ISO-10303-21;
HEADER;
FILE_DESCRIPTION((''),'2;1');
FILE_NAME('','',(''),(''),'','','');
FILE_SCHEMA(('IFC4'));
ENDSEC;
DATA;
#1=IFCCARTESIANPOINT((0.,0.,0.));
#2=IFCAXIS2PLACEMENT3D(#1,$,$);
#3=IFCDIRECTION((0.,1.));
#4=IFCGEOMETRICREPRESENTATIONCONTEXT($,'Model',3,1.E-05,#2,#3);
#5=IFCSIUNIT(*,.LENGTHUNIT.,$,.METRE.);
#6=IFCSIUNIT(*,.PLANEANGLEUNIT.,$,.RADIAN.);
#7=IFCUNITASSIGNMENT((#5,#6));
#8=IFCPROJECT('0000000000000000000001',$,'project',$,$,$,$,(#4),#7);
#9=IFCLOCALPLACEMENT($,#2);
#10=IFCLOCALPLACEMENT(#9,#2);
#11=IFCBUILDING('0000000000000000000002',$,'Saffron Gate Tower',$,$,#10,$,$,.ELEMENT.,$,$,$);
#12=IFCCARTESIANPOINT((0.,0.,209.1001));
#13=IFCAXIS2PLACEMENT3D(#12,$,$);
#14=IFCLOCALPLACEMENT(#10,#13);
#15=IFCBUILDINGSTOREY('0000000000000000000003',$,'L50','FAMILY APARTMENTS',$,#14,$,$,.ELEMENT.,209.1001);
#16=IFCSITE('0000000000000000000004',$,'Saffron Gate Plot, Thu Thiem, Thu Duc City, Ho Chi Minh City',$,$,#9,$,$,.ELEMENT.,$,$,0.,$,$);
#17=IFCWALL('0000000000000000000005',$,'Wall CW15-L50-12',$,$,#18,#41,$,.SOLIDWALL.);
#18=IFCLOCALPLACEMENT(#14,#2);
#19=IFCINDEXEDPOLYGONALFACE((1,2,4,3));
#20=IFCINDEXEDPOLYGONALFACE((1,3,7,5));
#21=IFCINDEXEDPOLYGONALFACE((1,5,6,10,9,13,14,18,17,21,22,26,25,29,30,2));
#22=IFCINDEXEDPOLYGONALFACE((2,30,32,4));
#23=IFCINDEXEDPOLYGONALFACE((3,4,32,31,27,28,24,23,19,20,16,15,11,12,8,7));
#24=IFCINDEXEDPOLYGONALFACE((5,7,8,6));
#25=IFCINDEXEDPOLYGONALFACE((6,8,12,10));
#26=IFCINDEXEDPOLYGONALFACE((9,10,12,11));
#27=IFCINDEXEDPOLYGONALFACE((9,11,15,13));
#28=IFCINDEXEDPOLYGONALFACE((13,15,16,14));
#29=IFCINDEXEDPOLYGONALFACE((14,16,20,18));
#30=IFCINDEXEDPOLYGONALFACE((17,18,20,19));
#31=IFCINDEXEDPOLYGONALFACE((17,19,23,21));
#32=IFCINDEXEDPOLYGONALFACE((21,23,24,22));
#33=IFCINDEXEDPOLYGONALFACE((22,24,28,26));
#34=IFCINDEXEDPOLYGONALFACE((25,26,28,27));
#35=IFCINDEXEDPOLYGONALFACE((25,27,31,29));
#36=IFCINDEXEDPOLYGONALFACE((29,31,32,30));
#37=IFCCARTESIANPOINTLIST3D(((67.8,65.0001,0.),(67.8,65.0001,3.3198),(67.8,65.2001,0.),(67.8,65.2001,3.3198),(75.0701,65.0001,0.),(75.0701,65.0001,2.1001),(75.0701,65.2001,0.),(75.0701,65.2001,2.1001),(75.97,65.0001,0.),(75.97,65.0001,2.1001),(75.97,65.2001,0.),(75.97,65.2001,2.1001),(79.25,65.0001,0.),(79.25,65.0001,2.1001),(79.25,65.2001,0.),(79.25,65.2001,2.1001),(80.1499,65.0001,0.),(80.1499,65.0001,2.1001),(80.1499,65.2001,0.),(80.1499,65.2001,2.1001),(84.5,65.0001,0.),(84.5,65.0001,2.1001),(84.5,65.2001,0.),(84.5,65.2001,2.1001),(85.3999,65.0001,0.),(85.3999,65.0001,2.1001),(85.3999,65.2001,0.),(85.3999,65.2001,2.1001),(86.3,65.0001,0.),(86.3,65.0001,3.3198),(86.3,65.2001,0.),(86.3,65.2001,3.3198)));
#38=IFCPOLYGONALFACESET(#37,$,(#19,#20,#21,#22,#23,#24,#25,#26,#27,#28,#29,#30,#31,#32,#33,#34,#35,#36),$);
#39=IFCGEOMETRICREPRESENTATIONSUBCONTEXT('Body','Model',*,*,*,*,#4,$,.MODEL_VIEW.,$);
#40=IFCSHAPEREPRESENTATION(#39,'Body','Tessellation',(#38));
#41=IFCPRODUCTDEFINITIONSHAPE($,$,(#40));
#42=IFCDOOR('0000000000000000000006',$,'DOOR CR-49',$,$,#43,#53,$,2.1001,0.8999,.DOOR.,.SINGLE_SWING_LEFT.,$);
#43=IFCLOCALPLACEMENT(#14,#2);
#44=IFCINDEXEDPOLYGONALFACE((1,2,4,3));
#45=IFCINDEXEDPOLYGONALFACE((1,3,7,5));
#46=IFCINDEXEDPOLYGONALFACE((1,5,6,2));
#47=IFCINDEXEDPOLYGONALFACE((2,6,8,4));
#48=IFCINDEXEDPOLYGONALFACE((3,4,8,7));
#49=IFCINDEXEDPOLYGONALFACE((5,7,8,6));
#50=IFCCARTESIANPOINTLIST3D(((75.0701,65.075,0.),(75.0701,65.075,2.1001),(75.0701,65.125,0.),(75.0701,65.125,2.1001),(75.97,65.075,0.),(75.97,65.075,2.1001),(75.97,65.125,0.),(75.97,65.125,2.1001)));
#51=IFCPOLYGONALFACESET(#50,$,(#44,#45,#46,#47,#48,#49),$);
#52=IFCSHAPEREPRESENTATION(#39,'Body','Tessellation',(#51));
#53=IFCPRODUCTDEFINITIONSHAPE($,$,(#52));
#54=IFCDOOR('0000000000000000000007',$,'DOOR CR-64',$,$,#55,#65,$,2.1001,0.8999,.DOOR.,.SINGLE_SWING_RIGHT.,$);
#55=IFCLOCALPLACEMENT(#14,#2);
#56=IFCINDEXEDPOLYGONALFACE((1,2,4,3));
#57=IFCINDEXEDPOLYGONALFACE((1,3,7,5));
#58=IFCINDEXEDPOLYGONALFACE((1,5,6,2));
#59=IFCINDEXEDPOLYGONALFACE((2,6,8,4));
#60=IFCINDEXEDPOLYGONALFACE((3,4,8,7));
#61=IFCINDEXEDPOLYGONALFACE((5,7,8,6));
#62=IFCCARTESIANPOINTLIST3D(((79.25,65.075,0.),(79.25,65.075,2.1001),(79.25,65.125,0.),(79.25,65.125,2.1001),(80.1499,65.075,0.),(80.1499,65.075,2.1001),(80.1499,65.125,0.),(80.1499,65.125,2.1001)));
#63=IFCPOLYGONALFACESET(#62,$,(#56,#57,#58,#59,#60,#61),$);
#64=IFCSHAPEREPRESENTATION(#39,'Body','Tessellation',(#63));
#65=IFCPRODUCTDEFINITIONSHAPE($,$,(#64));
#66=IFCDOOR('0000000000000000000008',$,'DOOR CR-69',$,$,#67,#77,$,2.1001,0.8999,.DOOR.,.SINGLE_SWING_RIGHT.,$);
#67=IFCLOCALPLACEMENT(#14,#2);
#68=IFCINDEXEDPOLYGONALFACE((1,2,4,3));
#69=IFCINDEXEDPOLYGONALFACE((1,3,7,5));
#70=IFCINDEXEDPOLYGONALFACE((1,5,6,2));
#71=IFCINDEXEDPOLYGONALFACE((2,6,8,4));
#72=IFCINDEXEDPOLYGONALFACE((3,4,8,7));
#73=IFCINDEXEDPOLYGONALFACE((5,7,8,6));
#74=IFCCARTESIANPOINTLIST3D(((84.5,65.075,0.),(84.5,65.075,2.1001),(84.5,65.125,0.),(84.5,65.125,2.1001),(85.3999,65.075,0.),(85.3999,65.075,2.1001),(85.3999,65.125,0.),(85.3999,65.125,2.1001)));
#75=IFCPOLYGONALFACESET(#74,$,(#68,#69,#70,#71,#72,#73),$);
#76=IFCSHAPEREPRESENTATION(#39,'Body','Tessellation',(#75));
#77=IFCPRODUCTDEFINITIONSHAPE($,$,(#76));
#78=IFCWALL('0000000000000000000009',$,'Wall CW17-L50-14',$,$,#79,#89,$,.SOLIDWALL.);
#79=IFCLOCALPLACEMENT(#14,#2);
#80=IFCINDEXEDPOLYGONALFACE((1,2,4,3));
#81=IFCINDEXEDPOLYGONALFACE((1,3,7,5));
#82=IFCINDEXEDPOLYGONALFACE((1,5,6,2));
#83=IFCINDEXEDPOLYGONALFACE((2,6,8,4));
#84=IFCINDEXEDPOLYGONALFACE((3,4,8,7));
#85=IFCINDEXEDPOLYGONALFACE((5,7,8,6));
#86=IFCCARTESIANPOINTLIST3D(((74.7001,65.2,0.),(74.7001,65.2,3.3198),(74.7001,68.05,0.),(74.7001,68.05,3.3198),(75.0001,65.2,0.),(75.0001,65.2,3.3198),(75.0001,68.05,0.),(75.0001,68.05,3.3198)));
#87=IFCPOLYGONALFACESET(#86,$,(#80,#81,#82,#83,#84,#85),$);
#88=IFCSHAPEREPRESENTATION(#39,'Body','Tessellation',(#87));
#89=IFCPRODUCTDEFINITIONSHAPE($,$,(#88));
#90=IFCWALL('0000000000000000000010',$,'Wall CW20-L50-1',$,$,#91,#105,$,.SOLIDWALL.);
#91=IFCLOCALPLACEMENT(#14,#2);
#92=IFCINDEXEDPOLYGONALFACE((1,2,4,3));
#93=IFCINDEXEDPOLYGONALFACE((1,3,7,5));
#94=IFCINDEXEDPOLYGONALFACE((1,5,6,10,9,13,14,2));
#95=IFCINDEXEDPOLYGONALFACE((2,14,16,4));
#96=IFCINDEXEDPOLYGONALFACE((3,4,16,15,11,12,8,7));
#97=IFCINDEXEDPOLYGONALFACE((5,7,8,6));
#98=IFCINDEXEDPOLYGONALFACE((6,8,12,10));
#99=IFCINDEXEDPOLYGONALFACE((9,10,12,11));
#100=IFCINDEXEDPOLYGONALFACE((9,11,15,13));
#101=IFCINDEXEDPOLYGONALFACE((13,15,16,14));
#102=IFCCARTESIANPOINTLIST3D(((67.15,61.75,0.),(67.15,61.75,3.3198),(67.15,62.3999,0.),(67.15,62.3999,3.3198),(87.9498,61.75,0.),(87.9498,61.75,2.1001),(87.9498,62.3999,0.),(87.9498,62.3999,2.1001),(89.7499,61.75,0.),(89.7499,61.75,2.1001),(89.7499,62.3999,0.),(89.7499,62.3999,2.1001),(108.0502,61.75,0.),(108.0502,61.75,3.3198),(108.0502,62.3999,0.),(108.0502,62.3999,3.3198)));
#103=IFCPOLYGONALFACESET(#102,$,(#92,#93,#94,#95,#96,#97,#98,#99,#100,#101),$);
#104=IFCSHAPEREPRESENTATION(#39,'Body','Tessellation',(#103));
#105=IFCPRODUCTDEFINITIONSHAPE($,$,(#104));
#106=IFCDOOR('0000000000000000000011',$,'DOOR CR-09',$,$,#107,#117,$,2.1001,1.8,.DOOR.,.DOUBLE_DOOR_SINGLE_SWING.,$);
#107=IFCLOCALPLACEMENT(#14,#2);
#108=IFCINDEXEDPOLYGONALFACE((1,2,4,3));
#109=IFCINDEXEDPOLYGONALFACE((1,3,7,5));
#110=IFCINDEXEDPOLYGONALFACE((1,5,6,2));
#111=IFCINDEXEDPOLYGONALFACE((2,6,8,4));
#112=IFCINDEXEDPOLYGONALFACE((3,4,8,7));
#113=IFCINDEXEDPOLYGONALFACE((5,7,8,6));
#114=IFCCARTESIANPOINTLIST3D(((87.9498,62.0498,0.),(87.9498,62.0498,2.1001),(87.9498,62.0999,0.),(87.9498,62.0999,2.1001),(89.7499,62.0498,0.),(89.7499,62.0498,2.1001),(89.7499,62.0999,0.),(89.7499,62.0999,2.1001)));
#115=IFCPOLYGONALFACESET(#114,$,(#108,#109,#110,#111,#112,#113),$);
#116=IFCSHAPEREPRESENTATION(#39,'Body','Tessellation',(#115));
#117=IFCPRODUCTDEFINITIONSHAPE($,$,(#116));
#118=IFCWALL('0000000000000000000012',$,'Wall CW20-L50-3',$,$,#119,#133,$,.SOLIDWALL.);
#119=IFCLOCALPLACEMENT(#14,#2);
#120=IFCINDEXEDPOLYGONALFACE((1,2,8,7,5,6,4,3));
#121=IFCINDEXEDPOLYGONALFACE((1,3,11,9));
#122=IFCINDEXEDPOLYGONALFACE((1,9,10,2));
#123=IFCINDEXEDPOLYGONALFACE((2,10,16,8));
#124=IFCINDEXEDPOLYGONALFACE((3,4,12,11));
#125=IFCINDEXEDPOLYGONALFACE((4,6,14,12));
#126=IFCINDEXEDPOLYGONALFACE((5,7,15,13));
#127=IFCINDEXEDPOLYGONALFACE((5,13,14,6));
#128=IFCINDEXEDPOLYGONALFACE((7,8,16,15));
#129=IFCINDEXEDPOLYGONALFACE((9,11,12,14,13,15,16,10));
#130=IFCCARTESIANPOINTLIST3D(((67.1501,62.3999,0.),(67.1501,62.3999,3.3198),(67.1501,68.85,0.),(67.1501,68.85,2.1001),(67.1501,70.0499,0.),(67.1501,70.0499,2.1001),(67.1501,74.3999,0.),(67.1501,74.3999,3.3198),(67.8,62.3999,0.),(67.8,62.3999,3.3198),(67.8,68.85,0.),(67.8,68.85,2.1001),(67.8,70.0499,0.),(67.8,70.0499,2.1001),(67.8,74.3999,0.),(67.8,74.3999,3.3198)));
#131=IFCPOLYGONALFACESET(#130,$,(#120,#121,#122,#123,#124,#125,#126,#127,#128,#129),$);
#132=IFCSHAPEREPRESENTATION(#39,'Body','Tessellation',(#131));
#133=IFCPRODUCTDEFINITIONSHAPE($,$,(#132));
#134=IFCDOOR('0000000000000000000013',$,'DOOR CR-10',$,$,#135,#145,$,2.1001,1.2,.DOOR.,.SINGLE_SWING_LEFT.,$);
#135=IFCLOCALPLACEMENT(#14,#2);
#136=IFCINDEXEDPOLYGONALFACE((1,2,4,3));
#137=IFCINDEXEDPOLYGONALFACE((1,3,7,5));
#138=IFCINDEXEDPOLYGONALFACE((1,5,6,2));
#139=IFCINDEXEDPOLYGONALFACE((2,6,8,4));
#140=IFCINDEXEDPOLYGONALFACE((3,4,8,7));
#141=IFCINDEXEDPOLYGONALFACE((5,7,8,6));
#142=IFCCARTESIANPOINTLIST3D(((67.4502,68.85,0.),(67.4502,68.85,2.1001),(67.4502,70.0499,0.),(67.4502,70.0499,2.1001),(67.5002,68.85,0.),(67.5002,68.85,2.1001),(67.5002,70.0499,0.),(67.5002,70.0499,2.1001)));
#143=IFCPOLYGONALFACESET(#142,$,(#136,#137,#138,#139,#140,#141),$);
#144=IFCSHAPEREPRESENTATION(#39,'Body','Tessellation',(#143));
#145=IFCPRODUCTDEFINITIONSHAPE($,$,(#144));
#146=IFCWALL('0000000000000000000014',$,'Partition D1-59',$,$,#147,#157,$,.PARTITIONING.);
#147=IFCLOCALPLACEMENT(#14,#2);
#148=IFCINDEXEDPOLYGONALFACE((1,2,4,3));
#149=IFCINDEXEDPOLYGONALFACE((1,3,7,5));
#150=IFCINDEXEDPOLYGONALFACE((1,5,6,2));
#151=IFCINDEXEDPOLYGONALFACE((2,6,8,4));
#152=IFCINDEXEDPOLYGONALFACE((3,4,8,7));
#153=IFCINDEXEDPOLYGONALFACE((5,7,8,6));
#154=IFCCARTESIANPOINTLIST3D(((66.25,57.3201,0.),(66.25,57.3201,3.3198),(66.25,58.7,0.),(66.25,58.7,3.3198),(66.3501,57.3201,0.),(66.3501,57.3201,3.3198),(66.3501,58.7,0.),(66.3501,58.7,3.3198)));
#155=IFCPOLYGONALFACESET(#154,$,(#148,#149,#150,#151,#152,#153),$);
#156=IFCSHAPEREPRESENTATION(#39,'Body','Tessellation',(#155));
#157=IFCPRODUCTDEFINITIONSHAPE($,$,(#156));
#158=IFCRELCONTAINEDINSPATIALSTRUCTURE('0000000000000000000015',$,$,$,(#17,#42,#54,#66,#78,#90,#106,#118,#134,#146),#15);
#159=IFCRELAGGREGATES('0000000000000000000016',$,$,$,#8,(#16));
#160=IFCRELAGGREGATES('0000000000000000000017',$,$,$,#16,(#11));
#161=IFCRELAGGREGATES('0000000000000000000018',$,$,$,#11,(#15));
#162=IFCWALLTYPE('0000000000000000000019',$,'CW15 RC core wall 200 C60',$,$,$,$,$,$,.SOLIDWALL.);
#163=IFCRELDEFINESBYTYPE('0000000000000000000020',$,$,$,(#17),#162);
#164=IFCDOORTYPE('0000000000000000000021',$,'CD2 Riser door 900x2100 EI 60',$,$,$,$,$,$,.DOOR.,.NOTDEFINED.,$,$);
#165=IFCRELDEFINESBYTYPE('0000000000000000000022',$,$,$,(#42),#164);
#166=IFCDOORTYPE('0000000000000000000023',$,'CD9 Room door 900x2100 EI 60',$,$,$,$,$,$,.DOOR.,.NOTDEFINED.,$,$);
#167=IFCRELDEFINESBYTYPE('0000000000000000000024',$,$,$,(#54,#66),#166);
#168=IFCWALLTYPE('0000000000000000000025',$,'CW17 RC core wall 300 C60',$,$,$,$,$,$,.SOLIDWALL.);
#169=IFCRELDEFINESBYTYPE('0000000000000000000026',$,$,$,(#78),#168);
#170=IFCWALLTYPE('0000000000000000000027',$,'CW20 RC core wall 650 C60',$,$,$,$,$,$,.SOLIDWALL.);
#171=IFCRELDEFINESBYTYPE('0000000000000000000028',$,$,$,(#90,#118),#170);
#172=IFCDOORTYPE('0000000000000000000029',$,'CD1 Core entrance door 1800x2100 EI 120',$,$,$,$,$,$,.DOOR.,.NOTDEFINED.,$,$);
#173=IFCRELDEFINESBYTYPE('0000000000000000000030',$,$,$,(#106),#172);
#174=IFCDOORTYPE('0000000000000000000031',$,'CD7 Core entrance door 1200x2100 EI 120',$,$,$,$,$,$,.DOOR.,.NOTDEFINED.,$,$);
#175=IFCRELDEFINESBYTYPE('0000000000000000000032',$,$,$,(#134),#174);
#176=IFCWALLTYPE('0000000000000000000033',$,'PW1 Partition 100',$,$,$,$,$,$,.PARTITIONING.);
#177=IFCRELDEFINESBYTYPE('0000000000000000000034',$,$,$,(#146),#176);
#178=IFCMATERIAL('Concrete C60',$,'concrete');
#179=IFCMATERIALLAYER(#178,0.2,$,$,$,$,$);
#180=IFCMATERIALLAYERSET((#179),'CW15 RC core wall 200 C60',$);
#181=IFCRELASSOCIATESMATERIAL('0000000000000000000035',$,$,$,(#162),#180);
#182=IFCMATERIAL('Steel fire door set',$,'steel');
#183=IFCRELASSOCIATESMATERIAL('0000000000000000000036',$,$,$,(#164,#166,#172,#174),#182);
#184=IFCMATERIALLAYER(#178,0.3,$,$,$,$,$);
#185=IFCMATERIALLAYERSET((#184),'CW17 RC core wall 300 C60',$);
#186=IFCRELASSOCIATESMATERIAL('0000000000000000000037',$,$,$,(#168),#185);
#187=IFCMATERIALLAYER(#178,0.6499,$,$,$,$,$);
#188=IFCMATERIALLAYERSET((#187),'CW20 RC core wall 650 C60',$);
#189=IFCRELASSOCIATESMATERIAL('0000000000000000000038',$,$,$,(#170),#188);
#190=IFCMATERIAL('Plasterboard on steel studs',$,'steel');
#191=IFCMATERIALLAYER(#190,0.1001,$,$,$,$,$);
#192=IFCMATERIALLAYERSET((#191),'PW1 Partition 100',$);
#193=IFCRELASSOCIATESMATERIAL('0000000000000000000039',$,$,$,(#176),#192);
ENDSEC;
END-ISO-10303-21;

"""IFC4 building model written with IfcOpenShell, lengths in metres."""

from ifc_helpers import new_model, si_unit, direction, frame, frame_2d, origin, place, context, subcontext, project, spatial, rectangle, extrude, material, layer, layer_set, type_object, element, fill, save


model = new_model("IFC4")

# Units and contexts
model_context = context("Model", 3, precision=1e-05, world=origin(), true_north=direction((0.0, 1.0)))
body_context = subcontext(model_context, "Body", "Model", "MODEL_VIEW")
ifc_project = project(units=[si_unit("LENGTHUNIT", "METRE"), si_unit("PLANEANGLEUNIT", "RADIAN")], contexts=[model_context])

# Site, building, storey
site_placement = place(None, origin())
site = spatial("IfcSite", under=ifc_project, at=site_placement, Name="Saffron Gate Plot, Thu Thiem, Thu Duc City, Ho Chi Minh City", CompositionType="ELEMENT", RefElevation=0.0)
building_placement = place(site_placement, origin())
building = spatial("IfcBuilding", under=site, at=building_placement, Name="Saffron Gate Tower", CompositionType="ELEMENT")
storey_placement = place(building_placement, frame((0.0, 0.0, 209.1001)))
storey = spatial("IfcBuildingStorey", under=building, at=storey_placement, Name="L50", Description="FAMILY APARTMENTS", CompositionType="ELEMENT", Elevation=209.1001)

# Wall, openings, doors
ifc_material_1 = material(Name="Concrete C60", Category="concrete")
ifc_layer_1 = layer(ifc_material_1, 0.2)
ifc_layer_set_1 = layer_set([ifc_layer_1], Name="CW15 RC core wall 200 C60")
wall_type_1 = type_object("IfcWallType", Name="CW15 RC core wall 200 C60", PredefinedType="SOLIDWALL", material=ifc_layer_set_1)
wall_1_placement = place(storey_placement, frame((67.8, 65.1001, 0.0), z_axis=(0.0, 0.0, 1.0), x_axis=(1.0, 0.0, 0.0)))
wall_1 = element("IfcWall", 1, at=wall_1_placement, inside=storey, type_object=wall_type_1, Name="Wall CW15-L50-12", PredefinedType="SOLIDWALL", context=body_context, shape_type="SweptSolid", body=[
    extrude(rectangle(XDim=18.5, YDim=0.2, at=frame_2d((9.25, 0.0))), origin(), (0.0, 0.0, 1.0), 3.3198),
])
opening_1_placement = place(wall_1_placement, frame((7.27, 0.0, 0.0)))
opening_1 = element("IfcOpeningElement", 2, at=opening_1_placement, cuts=wall_1, PredefinedType="OPENING", context=body_context, shape_type="SweptSolid", body=[
    extrude(rectangle(XDim=0.8999, YDim=2.1001, at=frame_2d((0.45, 1.05))), frame((0.0, 0.1099, 0.0), z_axis=(0.0, -1.0, 0.0), x_axis=(1.0, 0.0, 0.0)), (0.0, 0.0, 1.0), 0.22),
])
opening_2_placement = place(wall_1_placement, frame((11.45, 0.0, 0.0)))
opening_2 = element("IfcOpeningElement", 3, at=opening_2_placement, cuts=wall_1, PredefinedType="OPENING", context=body_context, shape_type="SweptSolid", body=[
    extrude(rectangle(XDim=0.8999, YDim=2.1001, at=frame_2d((0.45, 1.05))), frame((0.0, 0.1099, 0.0), z_axis=(0.0, -1.0, 0.0), x_axis=(1.0, 0.0, 0.0)), (0.0, 0.0, 1.0), 0.22),
])
opening_3_placement = place(wall_1_placement, frame((16.7, 0.0, 0.0)))
opening_3 = element("IfcOpeningElement", 4, at=opening_3_placement, cuts=wall_1, PredefinedType="OPENING", context=body_context, shape_type="SweptSolid", body=[
    extrude(rectangle(XDim=0.8999, YDim=2.1001, at=frame_2d((0.45, 1.05))), frame((0.0, 0.1099, 0.0), z_axis=(0.0, -1.0, 0.0), x_axis=(1.0, 0.0, 0.0)), (0.0, 0.0, 1.0), 0.22),
])
ifc_material_2 = material(Name="Steel fire door set", Category="steel")
door_type_1 = type_object("IfcDoorType", Name="CD2 Riser door 900x2100 EI 60", OperationType="NOTDEFINED", PredefinedType="DOOR", material=ifc_material_2)
door_1_placement = place(opening_1_placement, origin())
door_1 = element("IfcDoor", 5, at=door_1_placement, inside=storey, type_object=door_type_1, Name="DOOR CR-49", OperationType="SINGLE_SWING_LEFT", OverallHeight=2.1001, OverallWidth=0.8999, PredefinedType="DOOR", context=body_context, shape_type="SweptSolid", body=[
    extrude(rectangle(XDim=0.8999, YDim=2.1001, at=frame_2d((0.45, 1.05))), frame((0.0, 0.0249, 0.0), z_axis=(0.0, -1.0, 0.0), x_axis=(1.0, 0.0, 0.0)), (0.0, 0.0, 1.0), 0.05),
])
fill(opening_1, door_1)
door_type_2 = type_object("IfcDoorType", Name="CD9 Room door 900x2100 EI 60", OperationType="NOTDEFINED", PredefinedType="DOOR", material=ifc_material_2)
door_2_placement = place(opening_2_placement, origin())
door_2 = element("IfcDoor", 6, at=door_2_placement, inside=storey, type_object=door_type_2, Name="DOOR CR-64", OperationType="SINGLE_SWING_RIGHT", OverallHeight=2.1001, OverallWidth=0.8999, PredefinedType="DOOR", context=body_context, shape_type="SweptSolid", body=[
    extrude(rectangle(XDim=0.8999, YDim=2.1001, at=frame_2d((0.45, 1.05))), frame((0.0, 0.0249, 0.0), z_axis=(0.0, -1.0, 0.0), x_axis=(1.0, 0.0, 0.0)), (0.0, 0.0, 1.0), 0.05),
])
fill(opening_2, door_2)
door_3_placement = place(opening_3_placement, origin())
door_3 = element("IfcDoor", 7, at=door_3_placement, inside=storey, type_object=door_type_2, Name="DOOR CR-69", OperationType="SINGLE_SWING_RIGHT", OverallHeight=2.1001, OverallWidth=0.8999, PredefinedType="DOOR", context=body_context, shape_type="SweptSolid", body=[
    extrude(rectangle(XDim=0.8999, YDim=2.1001, at=frame_2d((0.45, 1.05))), frame((0.0, 0.0249, 0.0), z_axis=(0.0, -1.0, 0.0), x_axis=(1.0, 0.0, 0.0)), (0.0, 0.0, 1.0), 0.05),
])
fill(opening_3, door_3)

# Wall
ifc_layer_2 = layer(ifc_material_1, 0.3)
ifc_layer_set_2 = layer_set([ifc_layer_2], Name="CW17 RC core wall 300 C60")
wall_type_2 = type_object("IfcWallType", Name="CW17 RC core wall 300 C60", PredefinedType="SOLIDWALL", material=ifc_layer_set_2)
wall_2_placement = place(storey_placement, frame((74.8501, 65.2, 0.0), z_axis=(0.0, 0.0, 1.0), x_axis=(0.0, 1.0, 0.0)))
element("IfcWall", 8, at=wall_2_placement, inside=storey, type_object=wall_type_2, Name="Wall CW17-L50-14", PredefinedType="SOLIDWALL", context=body_context, shape_type="SweptSolid", body=[
    extrude(rectangle(XDim=2.8501, YDim=0.3, at=frame_2d((1.425, 0.0))), origin(), (0.0, 0.0, 1.0), 3.3198),
])

# Walls, openings, doors
ifc_layer_3 = layer(ifc_material_1, 0.6499)
ifc_layer_set_3 = layer_set([ifc_layer_3], Name="CW20 RC core wall 650 C60")
wall_type_3 = type_object("IfcWallType", Name="CW20 RC core wall 650 C60", PredefinedType="SOLIDWALL", material=ifc_layer_set_3)
wall_3_placement = place(storey_placement, frame((67.1499, 62.075, 0.0), z_axis=(0.0, 0.0, 1.0), x_axis=(1.0, 0.0, 0.0)))
wall_3 = element("IfcWall", 9, at=wall_3_placement, inside=storey, type_object=wall_type_3, Name="Wall CW20-L50-1", PredefinedType="SOLIDWALL", context=body_context, shape_type="SweptSolid", body=[
    extrude(rectangle(XDim=40.9001, YDim=0.6499, at=frame_2d((20.4502, 0.0))), origin(), (0.0, 0.0, 1.0), 3.3198),
])
opening_4_placement = place(wall_3_placement, frame((20.8, 0.0, 0.0)))
opening_4 = element("IfcOpeningElement", 10, at=opening_4_placement, cuts=wall_3, PredefinedType="OPENING", context=body_context, shape_type="SweptSolid", body=[
    extrude(rectangle(XDim=1.8, YDim=2.1001, at=frame_2d((0.8999, 1.05))), frame((0.0, 0.335, 0.0), z_axis=(0.0, -1.0, 0.0), x_axis=(1.0, 0.0, 0.0)), (0.0, 0.0, 1.0), 0.6699),
])
door_type_3 = type_object("IfcDoorType", Name="CD1 Core entrance door 1800x2100 EI 120", OperationType="NOTDEFINED", PredefinedType="DOOR", material=ifc_material_2)
door_4_placement = place(opening_4_placement, origin())
door_4 = element("IfcDoor", 11, at=door_4_placement, inside=storey, type_object=door_type_3, Name="DOOR CR-09", OperationType="DOUBLE_DOOR_SINGLE_SWING", OverallHeight=2.1001, OverallWidth=1.8, PredefinedType="DOOR", context=body_context, shape_type="SweptSolid", body=[
    extrude(rectangle(XDim=1.8, YDim=2.1001, at=frame_2d((0.8999, 1.05))), frame((0.0, 0.0249, 0.0), z_axis=(0.0, -1.0, 0.0), x_axis=(1.0, 0.0, 0.0)), (0.0, 0.0, 1.0), 0.05),
])
fill(opening_4, door_4)
wall_4_placement = place(storey_placement, frame((67.4751, 62.3999, 0.0), z_axis=(0.0, 0.0, 1.0), x_axis=(0.0, 1.0, 0.0)))
wall_4 = element("IfcWall", 12, at=wall_4_placement, inside=storey, type_object=wall_type_3, Name="Wall CW20-L50-3", PredefinedType="SOLIDWALL", context=body_context, shape_type="SweptSolid", body=[
    extrude(rectangle(XDim=12.0, YDim=0.6499, at=frame_2d((6.0, 0.0))), origin(), (0.0, 0.0, 1.0), 3.3198),
])
opening_5_placement = place(wall_4_placement, frame((6.45, 0.0, 0.0)))
opening_5 = element("IfcOpeningElement", 13, at=opening_5_placement, cuts=wall_4, PredefinedType="OPENING", context=body_context, shape_type="SweptSolid", body=[
    extrude(rectangle(XDim=1.2, YDim=2.1001, at=frame_2d((0.6001, 1.05))), frame((0.0, 0.335, 0.0), z_axis=(0.0, -1.0, 0.0), x_axis=(1.0, 0.0, 0.0)), (0.0, 0.0, 1.0), 0.6699),
])
door_type_4 = type_object("IfcDoorType", Name="CD7 Core entrance door 1200x2100 EI 120", OperationType="NOTDEFINED", PredefinedType="DOOR", material=ifc_material_2)
door_5_placement = place(opening_5_placement, origin())
door_5 = element("IfcDoor", 14, at=door_5_placement, inside=storey, type_object=door_type_4, Name="DOOR CR-10", OperationType="SINGLE_SWING_LEFT", OverallHeight=2.1001, OverallWidth=1.2, PredefinedType="DOOR", context=body_context, shape_type="SweptSolid", body=[
    extrude(rectangle(XDim=1.2, YDim=2.1001, at=frame_2d((0.6001, 1.05))), frame((0.0, 0.0249, 0.0), z_axis=(0.0, -1.0, 0.0), x_axis=(1.0, 0.0, 0.0)), (0.0, 0.0, 1.0), 0.05),
])
fill(opening_5, door_5)

# Wall
ifc_material_3 = material(Name="Plasterboard on steel studs", Category="steel")
ifc_layer_4 = layer(ifc_material_3, 0.1001)
ifc_layer_set_4 = layer_set([ifc_layer_4], Name="PW1 Partition 100")
wall_type_4 = type_object("IfcWallType", Name="PW1 Partition 100", PredefinedType="PARTITIONING", material=ifc_layer_set_4)
wall_5_placement = place(storey_placement, frame((66.3, 58.7, 0.0), z_axis=(0.0, 0.0, 1.0), x_axis=(0.0, -1.0, 0.0)))
element("IfcWall", 15, at=wall_5_placement, inside=storey, type_object=wall_type_4, Name="Partition D1-59", PredefinedType="PARTITIONING", context=body_context, shape_type="SweptSolid", body=[
    extrude(rectangle(XDim=1.3799, YDim=0.1001, at=frame_2d((0.6899, 0.0))), origin(), (0.0, 0.0, 1.0), 3.3198),
])

save(model, "model.ifc")
